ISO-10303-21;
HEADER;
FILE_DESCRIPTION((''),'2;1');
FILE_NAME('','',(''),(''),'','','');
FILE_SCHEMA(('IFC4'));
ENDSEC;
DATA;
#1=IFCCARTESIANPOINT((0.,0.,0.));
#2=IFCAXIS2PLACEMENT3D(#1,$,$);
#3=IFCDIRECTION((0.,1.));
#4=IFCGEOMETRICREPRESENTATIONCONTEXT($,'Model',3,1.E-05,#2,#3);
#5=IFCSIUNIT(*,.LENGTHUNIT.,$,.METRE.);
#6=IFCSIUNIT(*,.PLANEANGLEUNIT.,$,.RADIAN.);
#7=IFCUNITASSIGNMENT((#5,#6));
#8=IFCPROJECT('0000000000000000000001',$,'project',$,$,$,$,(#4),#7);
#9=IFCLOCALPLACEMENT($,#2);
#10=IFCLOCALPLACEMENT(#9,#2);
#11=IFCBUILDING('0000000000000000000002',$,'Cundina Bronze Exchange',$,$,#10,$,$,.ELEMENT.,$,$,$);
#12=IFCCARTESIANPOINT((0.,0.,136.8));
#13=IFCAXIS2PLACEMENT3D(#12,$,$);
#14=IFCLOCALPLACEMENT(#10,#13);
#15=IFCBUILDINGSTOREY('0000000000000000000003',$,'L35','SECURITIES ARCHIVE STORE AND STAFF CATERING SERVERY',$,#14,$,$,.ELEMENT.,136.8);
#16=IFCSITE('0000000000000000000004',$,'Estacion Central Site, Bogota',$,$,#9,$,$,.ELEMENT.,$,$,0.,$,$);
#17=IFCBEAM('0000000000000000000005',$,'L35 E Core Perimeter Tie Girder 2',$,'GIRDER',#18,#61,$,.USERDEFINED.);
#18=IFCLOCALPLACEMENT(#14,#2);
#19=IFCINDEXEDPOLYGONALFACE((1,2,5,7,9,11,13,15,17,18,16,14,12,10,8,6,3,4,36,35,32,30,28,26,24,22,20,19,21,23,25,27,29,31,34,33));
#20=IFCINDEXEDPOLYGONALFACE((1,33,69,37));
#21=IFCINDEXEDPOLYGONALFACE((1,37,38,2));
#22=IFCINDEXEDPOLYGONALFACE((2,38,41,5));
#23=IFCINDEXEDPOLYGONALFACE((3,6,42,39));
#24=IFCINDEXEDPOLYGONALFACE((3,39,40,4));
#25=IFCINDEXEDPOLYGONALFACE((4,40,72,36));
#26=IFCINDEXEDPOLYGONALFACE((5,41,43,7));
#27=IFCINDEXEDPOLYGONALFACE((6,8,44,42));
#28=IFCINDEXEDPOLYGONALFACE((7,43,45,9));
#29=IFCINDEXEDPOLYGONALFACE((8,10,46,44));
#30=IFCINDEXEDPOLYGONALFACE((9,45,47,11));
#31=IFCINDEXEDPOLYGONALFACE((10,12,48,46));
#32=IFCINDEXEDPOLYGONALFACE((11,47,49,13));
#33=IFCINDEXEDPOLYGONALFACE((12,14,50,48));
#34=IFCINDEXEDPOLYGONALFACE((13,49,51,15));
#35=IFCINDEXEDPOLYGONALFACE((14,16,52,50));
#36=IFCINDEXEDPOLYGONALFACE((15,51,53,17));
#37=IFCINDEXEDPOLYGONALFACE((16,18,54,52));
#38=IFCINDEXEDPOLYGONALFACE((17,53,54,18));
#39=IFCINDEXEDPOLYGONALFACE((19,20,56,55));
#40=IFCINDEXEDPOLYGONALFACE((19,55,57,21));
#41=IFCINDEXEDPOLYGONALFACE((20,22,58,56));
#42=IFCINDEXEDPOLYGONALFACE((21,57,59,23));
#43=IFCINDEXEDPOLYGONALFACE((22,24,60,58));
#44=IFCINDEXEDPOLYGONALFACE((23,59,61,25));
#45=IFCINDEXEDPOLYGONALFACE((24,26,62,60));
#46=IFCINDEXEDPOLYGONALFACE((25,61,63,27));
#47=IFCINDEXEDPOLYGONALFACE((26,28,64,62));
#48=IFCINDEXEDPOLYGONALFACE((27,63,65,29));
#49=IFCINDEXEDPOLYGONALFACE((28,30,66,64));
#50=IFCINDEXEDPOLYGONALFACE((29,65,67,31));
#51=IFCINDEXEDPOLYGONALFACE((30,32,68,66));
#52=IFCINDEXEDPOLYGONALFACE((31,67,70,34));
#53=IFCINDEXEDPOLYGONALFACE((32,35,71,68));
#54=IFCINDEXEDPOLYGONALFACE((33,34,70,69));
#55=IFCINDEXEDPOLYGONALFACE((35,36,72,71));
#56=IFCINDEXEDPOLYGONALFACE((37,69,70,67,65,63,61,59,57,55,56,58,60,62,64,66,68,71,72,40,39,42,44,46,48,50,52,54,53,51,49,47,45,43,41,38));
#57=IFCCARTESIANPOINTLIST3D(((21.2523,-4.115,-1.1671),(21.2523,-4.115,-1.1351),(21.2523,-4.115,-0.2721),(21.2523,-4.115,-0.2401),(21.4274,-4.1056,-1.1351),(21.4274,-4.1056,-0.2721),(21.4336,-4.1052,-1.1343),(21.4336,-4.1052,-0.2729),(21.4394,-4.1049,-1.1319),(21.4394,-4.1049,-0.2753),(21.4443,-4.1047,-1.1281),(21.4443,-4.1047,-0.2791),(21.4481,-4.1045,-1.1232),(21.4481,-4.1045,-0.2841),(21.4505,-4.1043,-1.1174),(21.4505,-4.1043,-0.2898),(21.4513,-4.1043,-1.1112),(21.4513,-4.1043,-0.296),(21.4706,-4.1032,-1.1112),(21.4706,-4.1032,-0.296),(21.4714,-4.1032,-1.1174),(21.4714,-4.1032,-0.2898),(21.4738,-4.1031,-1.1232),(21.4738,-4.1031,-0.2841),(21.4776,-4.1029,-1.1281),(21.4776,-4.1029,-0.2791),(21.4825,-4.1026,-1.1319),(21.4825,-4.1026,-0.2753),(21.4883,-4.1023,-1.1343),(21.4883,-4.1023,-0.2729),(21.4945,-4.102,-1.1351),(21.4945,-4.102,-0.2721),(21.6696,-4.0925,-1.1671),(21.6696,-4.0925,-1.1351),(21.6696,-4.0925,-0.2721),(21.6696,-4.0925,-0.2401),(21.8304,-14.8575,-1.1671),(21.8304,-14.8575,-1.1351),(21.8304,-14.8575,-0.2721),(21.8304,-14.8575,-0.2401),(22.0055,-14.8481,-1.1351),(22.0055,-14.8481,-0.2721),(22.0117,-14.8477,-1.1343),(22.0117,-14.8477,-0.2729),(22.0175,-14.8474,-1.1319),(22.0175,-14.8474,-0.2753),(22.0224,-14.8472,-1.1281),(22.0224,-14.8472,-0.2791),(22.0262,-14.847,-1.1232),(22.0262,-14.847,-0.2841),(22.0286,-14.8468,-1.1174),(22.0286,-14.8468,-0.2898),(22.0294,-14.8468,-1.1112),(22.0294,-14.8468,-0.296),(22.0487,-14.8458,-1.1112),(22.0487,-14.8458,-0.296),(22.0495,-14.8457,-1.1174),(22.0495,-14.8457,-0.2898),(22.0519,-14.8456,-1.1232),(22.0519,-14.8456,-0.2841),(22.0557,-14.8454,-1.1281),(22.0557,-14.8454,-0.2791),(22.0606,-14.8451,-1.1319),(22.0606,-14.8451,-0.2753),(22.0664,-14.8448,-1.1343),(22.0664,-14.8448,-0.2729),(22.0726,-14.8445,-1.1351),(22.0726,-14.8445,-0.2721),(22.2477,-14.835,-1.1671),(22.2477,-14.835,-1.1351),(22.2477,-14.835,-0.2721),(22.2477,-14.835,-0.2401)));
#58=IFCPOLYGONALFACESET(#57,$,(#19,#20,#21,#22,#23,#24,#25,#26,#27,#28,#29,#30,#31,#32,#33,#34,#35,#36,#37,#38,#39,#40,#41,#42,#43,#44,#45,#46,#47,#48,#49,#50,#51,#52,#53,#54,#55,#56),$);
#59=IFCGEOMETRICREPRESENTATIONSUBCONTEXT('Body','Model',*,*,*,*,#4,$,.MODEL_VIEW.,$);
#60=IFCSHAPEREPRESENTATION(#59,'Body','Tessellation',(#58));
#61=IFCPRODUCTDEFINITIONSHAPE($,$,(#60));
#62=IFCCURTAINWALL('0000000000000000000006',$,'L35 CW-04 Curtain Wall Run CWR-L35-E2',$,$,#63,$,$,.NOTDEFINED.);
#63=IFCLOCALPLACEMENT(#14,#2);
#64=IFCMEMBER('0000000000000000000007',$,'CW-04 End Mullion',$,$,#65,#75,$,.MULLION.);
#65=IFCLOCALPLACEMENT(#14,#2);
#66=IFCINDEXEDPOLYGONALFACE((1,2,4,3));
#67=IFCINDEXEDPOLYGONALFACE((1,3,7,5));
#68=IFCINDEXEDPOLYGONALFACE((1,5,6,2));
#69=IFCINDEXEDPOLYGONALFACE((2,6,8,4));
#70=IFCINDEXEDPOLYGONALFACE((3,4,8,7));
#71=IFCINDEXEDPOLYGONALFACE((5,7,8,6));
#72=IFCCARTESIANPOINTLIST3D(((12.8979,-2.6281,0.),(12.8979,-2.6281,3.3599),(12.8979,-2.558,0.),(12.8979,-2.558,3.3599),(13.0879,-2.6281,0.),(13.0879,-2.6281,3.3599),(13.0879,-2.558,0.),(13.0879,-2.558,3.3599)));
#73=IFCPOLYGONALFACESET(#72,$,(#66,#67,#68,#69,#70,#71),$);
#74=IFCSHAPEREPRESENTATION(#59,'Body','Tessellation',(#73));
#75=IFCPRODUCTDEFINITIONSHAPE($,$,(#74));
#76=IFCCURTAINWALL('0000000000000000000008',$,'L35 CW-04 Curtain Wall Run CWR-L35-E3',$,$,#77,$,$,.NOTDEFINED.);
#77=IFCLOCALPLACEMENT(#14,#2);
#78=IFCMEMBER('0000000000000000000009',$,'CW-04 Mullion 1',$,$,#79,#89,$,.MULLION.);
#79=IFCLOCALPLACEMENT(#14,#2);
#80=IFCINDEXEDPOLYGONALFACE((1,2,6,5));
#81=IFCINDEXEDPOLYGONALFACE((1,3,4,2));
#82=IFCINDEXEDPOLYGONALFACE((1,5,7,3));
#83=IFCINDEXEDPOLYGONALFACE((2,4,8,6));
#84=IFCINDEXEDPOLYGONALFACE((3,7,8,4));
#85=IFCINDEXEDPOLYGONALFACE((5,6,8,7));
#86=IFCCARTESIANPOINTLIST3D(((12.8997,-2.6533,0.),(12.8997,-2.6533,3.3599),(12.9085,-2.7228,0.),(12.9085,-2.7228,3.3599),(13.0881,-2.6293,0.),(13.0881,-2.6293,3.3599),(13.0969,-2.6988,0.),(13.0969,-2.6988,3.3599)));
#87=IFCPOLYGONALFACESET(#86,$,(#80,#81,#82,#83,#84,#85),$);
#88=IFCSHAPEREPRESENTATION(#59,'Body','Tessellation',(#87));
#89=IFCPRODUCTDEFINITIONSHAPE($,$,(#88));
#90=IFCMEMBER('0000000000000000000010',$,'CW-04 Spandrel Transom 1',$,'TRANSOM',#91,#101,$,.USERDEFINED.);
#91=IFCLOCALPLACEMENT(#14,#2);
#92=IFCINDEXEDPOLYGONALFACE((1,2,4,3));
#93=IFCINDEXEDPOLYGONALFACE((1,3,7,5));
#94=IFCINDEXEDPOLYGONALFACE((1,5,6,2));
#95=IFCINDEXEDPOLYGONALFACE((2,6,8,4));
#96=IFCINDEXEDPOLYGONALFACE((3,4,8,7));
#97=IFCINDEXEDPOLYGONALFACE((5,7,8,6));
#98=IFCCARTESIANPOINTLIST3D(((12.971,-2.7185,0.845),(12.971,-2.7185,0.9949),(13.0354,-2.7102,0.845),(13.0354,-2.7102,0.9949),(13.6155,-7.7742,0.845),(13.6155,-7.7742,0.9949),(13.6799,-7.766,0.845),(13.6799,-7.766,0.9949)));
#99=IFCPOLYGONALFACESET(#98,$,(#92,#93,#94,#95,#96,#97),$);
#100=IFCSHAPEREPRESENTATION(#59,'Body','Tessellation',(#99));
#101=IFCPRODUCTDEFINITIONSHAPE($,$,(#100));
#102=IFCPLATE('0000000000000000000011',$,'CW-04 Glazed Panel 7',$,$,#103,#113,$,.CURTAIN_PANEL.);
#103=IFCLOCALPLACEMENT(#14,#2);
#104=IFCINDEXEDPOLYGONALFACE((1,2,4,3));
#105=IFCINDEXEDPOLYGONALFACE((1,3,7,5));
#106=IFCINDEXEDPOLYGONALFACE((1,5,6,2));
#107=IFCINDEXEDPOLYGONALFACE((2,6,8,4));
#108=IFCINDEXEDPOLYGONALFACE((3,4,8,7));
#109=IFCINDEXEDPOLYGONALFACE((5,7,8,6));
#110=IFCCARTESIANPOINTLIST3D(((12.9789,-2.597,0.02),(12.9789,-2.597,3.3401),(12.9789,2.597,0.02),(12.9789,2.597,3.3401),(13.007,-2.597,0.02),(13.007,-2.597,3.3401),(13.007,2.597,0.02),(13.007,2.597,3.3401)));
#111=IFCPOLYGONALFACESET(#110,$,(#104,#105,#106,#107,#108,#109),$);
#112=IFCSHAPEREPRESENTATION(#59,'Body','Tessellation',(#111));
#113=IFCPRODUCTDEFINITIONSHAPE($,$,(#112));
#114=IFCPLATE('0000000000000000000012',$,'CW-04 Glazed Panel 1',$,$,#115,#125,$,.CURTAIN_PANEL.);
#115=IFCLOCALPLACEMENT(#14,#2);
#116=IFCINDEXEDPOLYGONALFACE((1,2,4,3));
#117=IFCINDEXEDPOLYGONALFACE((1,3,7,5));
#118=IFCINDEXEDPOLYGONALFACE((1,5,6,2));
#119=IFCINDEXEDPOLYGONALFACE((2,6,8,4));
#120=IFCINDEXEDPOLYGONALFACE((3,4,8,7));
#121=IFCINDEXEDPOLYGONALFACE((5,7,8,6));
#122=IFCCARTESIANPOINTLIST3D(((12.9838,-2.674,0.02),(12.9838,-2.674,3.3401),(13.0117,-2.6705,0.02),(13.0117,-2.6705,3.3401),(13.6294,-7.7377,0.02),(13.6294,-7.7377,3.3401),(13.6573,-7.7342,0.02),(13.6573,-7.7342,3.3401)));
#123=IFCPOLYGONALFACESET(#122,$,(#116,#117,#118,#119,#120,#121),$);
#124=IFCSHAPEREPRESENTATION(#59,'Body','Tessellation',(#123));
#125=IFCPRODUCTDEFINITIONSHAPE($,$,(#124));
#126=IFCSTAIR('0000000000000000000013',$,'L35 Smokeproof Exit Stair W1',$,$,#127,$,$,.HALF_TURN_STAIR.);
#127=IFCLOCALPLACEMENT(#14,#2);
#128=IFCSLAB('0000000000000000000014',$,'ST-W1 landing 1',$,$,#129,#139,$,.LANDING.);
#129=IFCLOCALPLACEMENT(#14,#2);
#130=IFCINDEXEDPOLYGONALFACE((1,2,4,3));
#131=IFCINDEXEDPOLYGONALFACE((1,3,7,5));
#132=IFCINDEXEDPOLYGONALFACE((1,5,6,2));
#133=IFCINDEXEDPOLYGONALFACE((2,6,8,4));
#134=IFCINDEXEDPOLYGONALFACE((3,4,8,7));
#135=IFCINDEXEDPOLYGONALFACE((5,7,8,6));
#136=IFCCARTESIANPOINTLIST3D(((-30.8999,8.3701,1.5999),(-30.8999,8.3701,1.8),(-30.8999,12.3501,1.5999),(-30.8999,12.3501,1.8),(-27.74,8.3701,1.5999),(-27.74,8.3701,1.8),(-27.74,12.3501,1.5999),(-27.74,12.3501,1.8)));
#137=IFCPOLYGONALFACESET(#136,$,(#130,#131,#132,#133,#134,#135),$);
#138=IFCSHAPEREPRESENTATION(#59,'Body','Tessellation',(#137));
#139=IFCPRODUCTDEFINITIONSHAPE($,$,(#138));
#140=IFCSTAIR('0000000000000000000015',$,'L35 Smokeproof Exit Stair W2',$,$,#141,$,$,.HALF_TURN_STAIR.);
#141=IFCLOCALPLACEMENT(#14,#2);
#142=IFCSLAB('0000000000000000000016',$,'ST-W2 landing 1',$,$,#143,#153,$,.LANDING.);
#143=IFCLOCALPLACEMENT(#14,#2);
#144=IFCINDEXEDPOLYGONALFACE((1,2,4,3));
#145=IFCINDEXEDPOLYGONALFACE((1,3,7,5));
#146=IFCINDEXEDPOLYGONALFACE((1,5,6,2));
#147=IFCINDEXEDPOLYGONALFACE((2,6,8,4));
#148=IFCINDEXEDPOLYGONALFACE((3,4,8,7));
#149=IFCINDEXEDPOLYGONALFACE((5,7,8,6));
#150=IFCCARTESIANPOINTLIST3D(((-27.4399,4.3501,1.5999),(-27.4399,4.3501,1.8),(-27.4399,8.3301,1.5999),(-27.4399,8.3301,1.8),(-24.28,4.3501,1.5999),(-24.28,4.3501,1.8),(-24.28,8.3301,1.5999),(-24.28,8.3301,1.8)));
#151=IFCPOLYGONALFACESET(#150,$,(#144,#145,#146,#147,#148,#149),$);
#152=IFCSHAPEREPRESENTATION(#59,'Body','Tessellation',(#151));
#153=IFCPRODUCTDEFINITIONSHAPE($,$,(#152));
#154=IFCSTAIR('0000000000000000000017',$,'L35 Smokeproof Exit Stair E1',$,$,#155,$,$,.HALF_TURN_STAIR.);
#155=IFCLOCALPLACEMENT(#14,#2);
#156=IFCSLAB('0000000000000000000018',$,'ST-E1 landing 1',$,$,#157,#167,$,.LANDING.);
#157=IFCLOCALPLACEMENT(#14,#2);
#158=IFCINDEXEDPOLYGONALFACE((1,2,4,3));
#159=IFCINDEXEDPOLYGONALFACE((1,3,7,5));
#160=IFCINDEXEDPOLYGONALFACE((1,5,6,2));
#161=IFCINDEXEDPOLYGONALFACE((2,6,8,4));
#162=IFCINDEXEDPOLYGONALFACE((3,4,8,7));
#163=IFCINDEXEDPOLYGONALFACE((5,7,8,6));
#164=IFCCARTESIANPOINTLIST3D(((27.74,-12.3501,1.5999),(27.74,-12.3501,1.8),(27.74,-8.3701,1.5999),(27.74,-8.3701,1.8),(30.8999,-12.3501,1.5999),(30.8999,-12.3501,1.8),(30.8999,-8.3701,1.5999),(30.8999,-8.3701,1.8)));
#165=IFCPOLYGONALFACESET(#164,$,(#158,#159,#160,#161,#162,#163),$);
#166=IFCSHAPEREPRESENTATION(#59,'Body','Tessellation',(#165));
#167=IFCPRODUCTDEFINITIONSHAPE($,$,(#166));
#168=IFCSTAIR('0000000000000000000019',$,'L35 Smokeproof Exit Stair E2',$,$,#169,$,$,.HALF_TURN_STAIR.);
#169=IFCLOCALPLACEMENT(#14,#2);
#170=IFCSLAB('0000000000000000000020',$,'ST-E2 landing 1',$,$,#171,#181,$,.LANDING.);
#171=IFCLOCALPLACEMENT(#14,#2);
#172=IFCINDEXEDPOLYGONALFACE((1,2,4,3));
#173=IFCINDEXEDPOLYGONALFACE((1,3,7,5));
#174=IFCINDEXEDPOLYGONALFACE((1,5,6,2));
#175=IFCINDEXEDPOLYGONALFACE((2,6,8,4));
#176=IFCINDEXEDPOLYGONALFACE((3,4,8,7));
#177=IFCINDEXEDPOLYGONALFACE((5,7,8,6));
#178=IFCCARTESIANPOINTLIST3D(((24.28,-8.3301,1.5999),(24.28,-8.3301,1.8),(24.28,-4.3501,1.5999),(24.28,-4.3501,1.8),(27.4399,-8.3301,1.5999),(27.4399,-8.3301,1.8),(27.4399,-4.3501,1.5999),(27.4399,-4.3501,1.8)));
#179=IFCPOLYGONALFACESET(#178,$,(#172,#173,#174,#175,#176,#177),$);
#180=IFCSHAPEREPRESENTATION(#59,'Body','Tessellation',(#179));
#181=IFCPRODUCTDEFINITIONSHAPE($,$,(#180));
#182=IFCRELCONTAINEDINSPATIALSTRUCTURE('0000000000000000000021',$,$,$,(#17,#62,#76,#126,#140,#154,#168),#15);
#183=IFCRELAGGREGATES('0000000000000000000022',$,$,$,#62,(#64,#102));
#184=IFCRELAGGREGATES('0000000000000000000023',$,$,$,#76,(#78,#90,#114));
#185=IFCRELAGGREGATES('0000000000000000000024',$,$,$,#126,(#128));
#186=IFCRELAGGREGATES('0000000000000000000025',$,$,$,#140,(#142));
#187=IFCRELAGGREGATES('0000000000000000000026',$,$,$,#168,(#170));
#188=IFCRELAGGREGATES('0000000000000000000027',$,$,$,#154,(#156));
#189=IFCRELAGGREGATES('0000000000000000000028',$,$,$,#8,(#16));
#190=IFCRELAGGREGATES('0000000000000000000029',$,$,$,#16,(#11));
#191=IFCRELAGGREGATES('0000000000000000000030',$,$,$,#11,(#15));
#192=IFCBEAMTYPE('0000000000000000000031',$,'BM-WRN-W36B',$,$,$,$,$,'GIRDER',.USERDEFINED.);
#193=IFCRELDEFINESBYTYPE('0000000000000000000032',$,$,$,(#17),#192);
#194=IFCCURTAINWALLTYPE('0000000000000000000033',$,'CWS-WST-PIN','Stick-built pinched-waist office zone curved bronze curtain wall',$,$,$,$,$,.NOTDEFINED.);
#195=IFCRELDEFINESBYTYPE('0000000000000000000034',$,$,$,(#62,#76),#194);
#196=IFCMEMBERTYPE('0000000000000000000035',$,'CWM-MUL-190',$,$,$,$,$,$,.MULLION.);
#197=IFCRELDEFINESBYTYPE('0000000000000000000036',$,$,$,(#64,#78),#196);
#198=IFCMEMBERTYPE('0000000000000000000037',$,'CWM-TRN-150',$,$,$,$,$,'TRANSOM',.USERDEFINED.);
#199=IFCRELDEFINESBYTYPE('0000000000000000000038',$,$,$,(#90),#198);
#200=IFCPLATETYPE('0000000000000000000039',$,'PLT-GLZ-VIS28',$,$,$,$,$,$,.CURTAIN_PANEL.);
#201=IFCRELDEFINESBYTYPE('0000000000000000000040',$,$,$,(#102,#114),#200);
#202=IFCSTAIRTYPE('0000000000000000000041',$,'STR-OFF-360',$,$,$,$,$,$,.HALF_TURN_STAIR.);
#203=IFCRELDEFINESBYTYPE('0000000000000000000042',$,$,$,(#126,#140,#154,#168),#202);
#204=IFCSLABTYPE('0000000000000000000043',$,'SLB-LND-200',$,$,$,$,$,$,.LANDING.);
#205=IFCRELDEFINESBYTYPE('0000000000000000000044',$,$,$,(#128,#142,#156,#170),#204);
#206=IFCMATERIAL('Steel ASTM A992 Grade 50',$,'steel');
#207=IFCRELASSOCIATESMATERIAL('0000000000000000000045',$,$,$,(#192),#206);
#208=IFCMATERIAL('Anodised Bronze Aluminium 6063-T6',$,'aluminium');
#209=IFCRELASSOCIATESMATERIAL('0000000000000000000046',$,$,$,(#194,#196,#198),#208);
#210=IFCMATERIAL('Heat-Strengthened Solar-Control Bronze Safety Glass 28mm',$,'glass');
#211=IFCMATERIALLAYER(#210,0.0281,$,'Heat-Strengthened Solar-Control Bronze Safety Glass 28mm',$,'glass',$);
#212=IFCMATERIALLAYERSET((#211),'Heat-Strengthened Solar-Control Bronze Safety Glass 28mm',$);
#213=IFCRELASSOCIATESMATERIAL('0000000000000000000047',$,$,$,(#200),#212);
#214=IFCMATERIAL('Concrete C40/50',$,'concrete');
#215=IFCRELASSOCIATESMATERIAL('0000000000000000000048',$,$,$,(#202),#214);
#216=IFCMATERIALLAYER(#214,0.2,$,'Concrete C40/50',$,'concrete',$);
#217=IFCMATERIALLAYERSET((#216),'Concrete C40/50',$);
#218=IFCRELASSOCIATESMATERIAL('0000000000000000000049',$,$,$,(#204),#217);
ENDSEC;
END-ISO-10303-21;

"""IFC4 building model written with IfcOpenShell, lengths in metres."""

from ifc_helpers import new_model, si_unit, direction, frame, origin, origin_2d, place, context, subcontext, project, spatial, polyline, rectangle, i_section, outline, extrude, material, layer, layer_set, material_profile, profile_set, type_object, element, aggregate, save


model = new_model("IFC4")

# Units and contexts
model_context = context("Model", 3, precision=1e-05, world=origin(), true_north=direction((0.0, 1.0)))
body_context = subcontext(model_context, "Body", "Model", "MODEL_VIEW")
ifc_project = project(units=[si_unit("LENGTHUNIT", "METRE"), si_unit("PLANEANGLEUNIT", "RADIAN")], contexts=[model_context])

# Site, building, storey
site_placement = place(None, origin())
site = spatial("IfcSite", under=ifc_project, at=site_placement, Name="Estacion Central Site, Bogota", CompositionType="ELEMENT", RefElevation=0.0)
building_placement = place(site_placement, origin())
building = spatial("IfcBuilding", under=site, at=building_placement, Name="Cundina Bronze Exchange", CompositionType="ELEMENT")
storey_placement = place(building_placement, frame((0.0, 0.0, 136.8)))
storey = spatial("IfcBuildingStorey", under=building, at=storey_placement, Name="L35", Description="SECURITIES ARCHIVE STORE AND STAFF CATERING SERVERY", CompositionType="ELEMENT", Elevation=136.8)

# Shared definitions
ifc_material_1 = material(Name="Steel ASTM A992 Grade 50", Category="steel")

# Beam
ifc_material_profile_1 = material_profile(ifc_material_1, i_section(OverallWidth=0.418, OverallDepth=0.927, WebThickness=0.0193, FlangeThickness=0.032, FilletRadius=0.0239, at=origin_2d()), Name="W36X231", Category="steel")
ifc_profile_set_1 = profile_set([ifc_material_profile_1], Name="Steel ASTM A992 Grade 50")
beam_type_1 = type_object("IfcBeamType", Name="BM-WRN-W36B", ElementType="GIRDER", PredefinedType="USERDEFINED", material=ifc_profile_set_1)
beam_1_placement = place(storey_placement, frame((21.4609, -4.1038, -0.7036), z_axis=(0.053739, -0.998555, 0.0), x_axis=(0.998555, 0.053739, 0.0)))
element("IfcBeam", 1, at=beam_1_placement, inside=storey, type_object=beam_type_1, Name="L35 E Core Perimeter Tie Girder 2", ObjectType="GIRDER", PredefinedType="USERDEFINED", context=body_context, shape_type="SweptSolid", body=[
    extrude(i_section(OverallWidth=0.418, OverallDepth=0.927, WebThickness=0.0193, FlangeThickness=0.032, FilletRadius=0.0239, at=origin_2d()), origin(), (0.0, 0.0, 1.0), 10.7581),
])

# Curtain wall, member
ifc_material_2 = material(Name="Anodised Bronze Aluminium 6063-T6", Category="aluminium")
curtain_wall_type = type_object("IfcCurtainWallType", Name="CWS-WST-PIN", Description="Stick-built pinched-waist office zone curved bronze curtain wall", PredefinedType="NOTDEFINED", material=ifc_material_2)
curtain_wall_1_placement = place(storey_placement, origin())
curtain_wall_1 = element("IfcCurtainWall", 2, at=curtain_wall_1_placement, inside=storey, type_object=curtain_wall_type, Name="L35 CW-04 Curtain Wall Run CWR-L35-E2", PredefinedType="NOTDEFINED")
ifc_material_profile_2 = material_profile(ifc_material_2, rectangle(XDim=0.0701, YDim=0.1899, at=origin_2d()), Name="AL70X190", Category="aluminium")
ifc_profile_set_2 = profile_set([ifc_material_profile_2], Name="Anodised Bronze Aluminium 6063-T6")
member_type_1 = type_object("IfcMemberType", Name="CWM-MUL-190", PredefinedType="MULLION", material=ifc_profile_set_2)
member_1_placement = place(storey_placement, frame((12.9929, -2.593, 0.0), z_axis=(0.0, 0.0, 1.0), x_axis=(0.0, -1.0, 0.0)))
member_1 = element("IfcMember", 3, at=member_1_placement, type_object=member_type_1, Name="CW-04 End Mullion", PredefinedType="MULLION", context=body_context, shape_type="SweptSolid", body=[
    extrude(rectangle(XDim=0.0701, YDim=0.1899, at=origin_2d()), origin(), (0.0, 0.0, 1.0), 3.3599),
])

# Curtain wall, members
curtain_wall_2_placement = place(storey_placement, origin())
curtain_wall_2 = element("IfcCurtainWall", 4, at=curtain_wall_2_placement, inside=storey, type_object=curtain_wall_type, Name="L35 CW-04 Curtain Wall Run CWR-L35-E3", PredefinedType="NOTDEFINED")
member_2_placement = place(storey_placement, frame((12.9983, -2.676, 0.0), z_axis=(0.0, 0.0, 1.0), x_axis=(0.126545, -0.991961, 0.0)))
member_2 = element("IfcMember", 5, at=member_2_placement, type_object=member_type_1, Name="CW-04 Mullion 1", PredefinedType="MULLION", context=body_context, shape_type="SweptSolid", body=[
    extrude(rectangle(XDim=0.0701, YDim=0.1899, at=origin_2d()), origin(), (0.0, 0.0, 1.0), 3.3599),
])
ifc_material_profile_3 = material_profile(ifc_material_2, rectangle(XDim=0.0649, YDim=0.1499, at=origin_2d()), Name="AL65X150", Category="aluminium")
ifc_profile_set_3 = profile_set([ifc_material_profile_3], Name="Anodised Bronze Aluminium 6063-T6")
member_type_2 = type_object("IfcMemberType", Name="CWM-TRN-150", ElementType="TRANSOM", PredefinedType="USERDEFINED", material=ifc_profile_set_3)
member_3_placement = place(storey_placement, frame((13.0032, -2.7144, 0.9199), z_axis=(0.126463, -0.991971, 0.0), x_axis=(0.991971, 0.126463, 0.0)))
member_3 = element("IfcMember", 6, at=member_3_placement, type_object=member_type_2, Name="CW-04 Spandrel Transom 1", ObjectType="TRANSOM", PredefinedType="USERDEFINED", context=body_context, shape_type="SweptSolid", body=[
    extrude(rectangle(XDim=0.0649, YDim=0.1499, at=origin_2d()), origin(), (0.0, 0.0, 1.0), 5.0967),
])

# Plates
ifc_material_3 = material(Name="Heat-Strengthened Solar-Control Bronze Safety Glass 28mm", Category="glass")
ifc_layer_1 = layer(ifc_material_3, 0.0281, Name="Heat-Strengthened Solar-Control Bronze Safety Glass 28mm", Category="glass")
ifc_layer_set_1 = layer_set([ifc_layer_1], Name="Heat-Strengthened Solar-Control Bronze Safety Glass 28mm")
plate_type = type_object("IfcPlateType", Name="PLT-GLZ-VIS28", PredefinedType="CURTAIN_PANEL", material=ifc_layer_set_1)
plate_1_placement = place(storey_placement, frame((12.9929, 0.0, 0.02), z_axis=(0.0, 0.0, 1.0), x_axis=(0.0, -1.0, 0.0)))
plate_1 = element("IfcPlate", 7, at=plate_1_placement, type_object=plate_type, Name="CW-04 Glazed Panel 7", PredefinedType="CURTAIN_PANEL", context=body_context, shape_type="SweptSolid", body=[
    extrude(rectangle(XDim=5.1941, YDim=0.0281, at=origin_2d()), origin(), (0.0, 0.0, 1.0), 3.3201),
])
aggregate(curtain_wall_1, [member_1, plate_1])
plate_2_placement = place(storey_placement, frame((13.3206, -5.2041, 0.02), z_axis=(0.0, 0.0, 1.0), x_axis=(0.126476, -0.99197, 0.0)))
plate_2 = element("IfcPlate", 8, at=plate_2_placement, type_object=plate_type, Name="CW-04 Glazed Panel 1", PredefinedType="CURTAIN_PANEL", context=body_context, shape_type="SweptSolid", body=[
    extrude(rectangle(XDim=5.1047, YDim=0.0281, at=origin_2d()), origin(), (0.0, 0.0, 1.0), 3.3201),
])
aggregate(curtain_wall_2, [member_2, member_3, plate_2])

# Stairs, slabs
ifc_material_4 = material(Name="Concrete C40/50", Category="concrete")
stair_type = type_object("IfcStairType", Name="STR-OFF-360", PredefinedType="HALF_TURN_STAIR", material=ifc_material_4)
stair_1_placement = place(storey_placement, origin())
stair_1 = element("IfcStair", 9, at=stair_1_placement, inside=storey, type_object=stair_type, Name="L35 Smokeproof Exit Stair W1", PredefinedType="HALF_TURN_STAIR")
ifc_layer_2 = layer(ifc_material_4, 0.2, Name="Concrete C40/50", Category="concrete")
ifc_layer_set_2 = layer_set([ifc_layer_2], Name="Concrete C40/50")
slab_type_1 = type_object("IfcSlabType", Name="SLB-LND-200", PredefinedType="LANDING", material=ifc_layer_set_2)
slab_1_placement = place(storey_placement, frame((0.0, 0.0, 1.5999)))
slab_1 = element("IfcSlab", 10, at=slab_1_placement, type_object=slab_type_1, Name="ST-W1 landing 1", PredefinedType="LANDING", context=body_context, shape_type="SweptSolid", body=[
    extrude(outline(polyline([(-27.74, 8.3701), (-27.74, 12.3501), (-30.8999, 12.3501), (-30.8999, 8.3701), (-27.74, 8.3701)])), origin(), (0.0, 0.0, 1.0), 0.2002),
])
aggregate(stair_1, [slab_1])
stair_2_placement = place(storey_placement, origin())
stair_2 = element("IfcStair", 11, at=stair_2_placement, inside=storey, type_object=stair_type, Name="L35 Smokeproof Exit Stair W2", PredefinedType="HALF_TURN_STAIR")
slab_2_placement = place(storey_placement, frame((0.0, 0.0, 1.5999)))
slab_2 = element("IfcSlab", 12, at=slab_2_placement, type_object=slab_type_1, Name="ST-W2 landing 1", PredefinedType="LANDING", context=body_context, shape_type="SweptSolid", body=[
    extrude(outline(polyline([(-27.4399, 8.3301), (-27.4399, 4.3501), (-24.28, 4.3501), (-24.28, 8.3301), (-27.4399, 8.3301)])), origin(), (0.0, 0.0, 1.0), 0.2002),
])
aggregate(stair_2, [slab_2])
stair_3_placement = place(storey_placement, origin())
stair_3 = element("IfcStair", 13, at=stair_3_placement, inside=storey, type_object=stair_type, Name="L35 Smokeproof Exit Stair E1", PredefinedType="HALF_TURN_STAIR")
slab_3_placement = place(storey_placement, frame((0.0, 0.0, 1.5999)))
slab_3 = element("IfcSlab", 14, at=slab_3_placement, type_object=slab_type_1, Name="ST-E1 landing 1", PredefinedType="LANDING", context=body_context, shape_type="SweptSolid", body=[
    extrude(outline(polyline([(27.74, -8.3701), (27.74, -12.3501), (30.8999, -12.3501), (30.8999, -8.3701), (27.74, -8.3701)])), origin(), (0.0, 0.0, 1.0), 0.2002),
])
stair_4_placement = place(storey_placement, origin())
stair_4 = element("IfcStair", 15, at=stair_4_placement, inside=storey, type_object=stair_type, Name="L35 Smokeproof Exit Stair E2", PredefinedType="HALF_TURN_STAIR")
slab_4_placement = place(storey_placement, frame((0.0, 0.0, 1.5999)))
slab_4 = element("IfcSlab", 16, at=slab_4_placement, type_object=slab_type_1, Name="ST-E2 landing 1", PredefinedType="LANDING", context=body_context, shape_type="SweptSolid", body=[
    extrude(outline(polyline([(27.4399, -8.3301), (27.4399, -4.3501), (24.28, -4.3501), (24.28, -8.3301), (27.4399, -8.3301)])), origin(), (0.0, 0.0, 1.0), 0.2002),
])
aggregate(stair_4, [slab_4])

aggregate(stair_3, [slab_3])

save(model, "model.ifc")
